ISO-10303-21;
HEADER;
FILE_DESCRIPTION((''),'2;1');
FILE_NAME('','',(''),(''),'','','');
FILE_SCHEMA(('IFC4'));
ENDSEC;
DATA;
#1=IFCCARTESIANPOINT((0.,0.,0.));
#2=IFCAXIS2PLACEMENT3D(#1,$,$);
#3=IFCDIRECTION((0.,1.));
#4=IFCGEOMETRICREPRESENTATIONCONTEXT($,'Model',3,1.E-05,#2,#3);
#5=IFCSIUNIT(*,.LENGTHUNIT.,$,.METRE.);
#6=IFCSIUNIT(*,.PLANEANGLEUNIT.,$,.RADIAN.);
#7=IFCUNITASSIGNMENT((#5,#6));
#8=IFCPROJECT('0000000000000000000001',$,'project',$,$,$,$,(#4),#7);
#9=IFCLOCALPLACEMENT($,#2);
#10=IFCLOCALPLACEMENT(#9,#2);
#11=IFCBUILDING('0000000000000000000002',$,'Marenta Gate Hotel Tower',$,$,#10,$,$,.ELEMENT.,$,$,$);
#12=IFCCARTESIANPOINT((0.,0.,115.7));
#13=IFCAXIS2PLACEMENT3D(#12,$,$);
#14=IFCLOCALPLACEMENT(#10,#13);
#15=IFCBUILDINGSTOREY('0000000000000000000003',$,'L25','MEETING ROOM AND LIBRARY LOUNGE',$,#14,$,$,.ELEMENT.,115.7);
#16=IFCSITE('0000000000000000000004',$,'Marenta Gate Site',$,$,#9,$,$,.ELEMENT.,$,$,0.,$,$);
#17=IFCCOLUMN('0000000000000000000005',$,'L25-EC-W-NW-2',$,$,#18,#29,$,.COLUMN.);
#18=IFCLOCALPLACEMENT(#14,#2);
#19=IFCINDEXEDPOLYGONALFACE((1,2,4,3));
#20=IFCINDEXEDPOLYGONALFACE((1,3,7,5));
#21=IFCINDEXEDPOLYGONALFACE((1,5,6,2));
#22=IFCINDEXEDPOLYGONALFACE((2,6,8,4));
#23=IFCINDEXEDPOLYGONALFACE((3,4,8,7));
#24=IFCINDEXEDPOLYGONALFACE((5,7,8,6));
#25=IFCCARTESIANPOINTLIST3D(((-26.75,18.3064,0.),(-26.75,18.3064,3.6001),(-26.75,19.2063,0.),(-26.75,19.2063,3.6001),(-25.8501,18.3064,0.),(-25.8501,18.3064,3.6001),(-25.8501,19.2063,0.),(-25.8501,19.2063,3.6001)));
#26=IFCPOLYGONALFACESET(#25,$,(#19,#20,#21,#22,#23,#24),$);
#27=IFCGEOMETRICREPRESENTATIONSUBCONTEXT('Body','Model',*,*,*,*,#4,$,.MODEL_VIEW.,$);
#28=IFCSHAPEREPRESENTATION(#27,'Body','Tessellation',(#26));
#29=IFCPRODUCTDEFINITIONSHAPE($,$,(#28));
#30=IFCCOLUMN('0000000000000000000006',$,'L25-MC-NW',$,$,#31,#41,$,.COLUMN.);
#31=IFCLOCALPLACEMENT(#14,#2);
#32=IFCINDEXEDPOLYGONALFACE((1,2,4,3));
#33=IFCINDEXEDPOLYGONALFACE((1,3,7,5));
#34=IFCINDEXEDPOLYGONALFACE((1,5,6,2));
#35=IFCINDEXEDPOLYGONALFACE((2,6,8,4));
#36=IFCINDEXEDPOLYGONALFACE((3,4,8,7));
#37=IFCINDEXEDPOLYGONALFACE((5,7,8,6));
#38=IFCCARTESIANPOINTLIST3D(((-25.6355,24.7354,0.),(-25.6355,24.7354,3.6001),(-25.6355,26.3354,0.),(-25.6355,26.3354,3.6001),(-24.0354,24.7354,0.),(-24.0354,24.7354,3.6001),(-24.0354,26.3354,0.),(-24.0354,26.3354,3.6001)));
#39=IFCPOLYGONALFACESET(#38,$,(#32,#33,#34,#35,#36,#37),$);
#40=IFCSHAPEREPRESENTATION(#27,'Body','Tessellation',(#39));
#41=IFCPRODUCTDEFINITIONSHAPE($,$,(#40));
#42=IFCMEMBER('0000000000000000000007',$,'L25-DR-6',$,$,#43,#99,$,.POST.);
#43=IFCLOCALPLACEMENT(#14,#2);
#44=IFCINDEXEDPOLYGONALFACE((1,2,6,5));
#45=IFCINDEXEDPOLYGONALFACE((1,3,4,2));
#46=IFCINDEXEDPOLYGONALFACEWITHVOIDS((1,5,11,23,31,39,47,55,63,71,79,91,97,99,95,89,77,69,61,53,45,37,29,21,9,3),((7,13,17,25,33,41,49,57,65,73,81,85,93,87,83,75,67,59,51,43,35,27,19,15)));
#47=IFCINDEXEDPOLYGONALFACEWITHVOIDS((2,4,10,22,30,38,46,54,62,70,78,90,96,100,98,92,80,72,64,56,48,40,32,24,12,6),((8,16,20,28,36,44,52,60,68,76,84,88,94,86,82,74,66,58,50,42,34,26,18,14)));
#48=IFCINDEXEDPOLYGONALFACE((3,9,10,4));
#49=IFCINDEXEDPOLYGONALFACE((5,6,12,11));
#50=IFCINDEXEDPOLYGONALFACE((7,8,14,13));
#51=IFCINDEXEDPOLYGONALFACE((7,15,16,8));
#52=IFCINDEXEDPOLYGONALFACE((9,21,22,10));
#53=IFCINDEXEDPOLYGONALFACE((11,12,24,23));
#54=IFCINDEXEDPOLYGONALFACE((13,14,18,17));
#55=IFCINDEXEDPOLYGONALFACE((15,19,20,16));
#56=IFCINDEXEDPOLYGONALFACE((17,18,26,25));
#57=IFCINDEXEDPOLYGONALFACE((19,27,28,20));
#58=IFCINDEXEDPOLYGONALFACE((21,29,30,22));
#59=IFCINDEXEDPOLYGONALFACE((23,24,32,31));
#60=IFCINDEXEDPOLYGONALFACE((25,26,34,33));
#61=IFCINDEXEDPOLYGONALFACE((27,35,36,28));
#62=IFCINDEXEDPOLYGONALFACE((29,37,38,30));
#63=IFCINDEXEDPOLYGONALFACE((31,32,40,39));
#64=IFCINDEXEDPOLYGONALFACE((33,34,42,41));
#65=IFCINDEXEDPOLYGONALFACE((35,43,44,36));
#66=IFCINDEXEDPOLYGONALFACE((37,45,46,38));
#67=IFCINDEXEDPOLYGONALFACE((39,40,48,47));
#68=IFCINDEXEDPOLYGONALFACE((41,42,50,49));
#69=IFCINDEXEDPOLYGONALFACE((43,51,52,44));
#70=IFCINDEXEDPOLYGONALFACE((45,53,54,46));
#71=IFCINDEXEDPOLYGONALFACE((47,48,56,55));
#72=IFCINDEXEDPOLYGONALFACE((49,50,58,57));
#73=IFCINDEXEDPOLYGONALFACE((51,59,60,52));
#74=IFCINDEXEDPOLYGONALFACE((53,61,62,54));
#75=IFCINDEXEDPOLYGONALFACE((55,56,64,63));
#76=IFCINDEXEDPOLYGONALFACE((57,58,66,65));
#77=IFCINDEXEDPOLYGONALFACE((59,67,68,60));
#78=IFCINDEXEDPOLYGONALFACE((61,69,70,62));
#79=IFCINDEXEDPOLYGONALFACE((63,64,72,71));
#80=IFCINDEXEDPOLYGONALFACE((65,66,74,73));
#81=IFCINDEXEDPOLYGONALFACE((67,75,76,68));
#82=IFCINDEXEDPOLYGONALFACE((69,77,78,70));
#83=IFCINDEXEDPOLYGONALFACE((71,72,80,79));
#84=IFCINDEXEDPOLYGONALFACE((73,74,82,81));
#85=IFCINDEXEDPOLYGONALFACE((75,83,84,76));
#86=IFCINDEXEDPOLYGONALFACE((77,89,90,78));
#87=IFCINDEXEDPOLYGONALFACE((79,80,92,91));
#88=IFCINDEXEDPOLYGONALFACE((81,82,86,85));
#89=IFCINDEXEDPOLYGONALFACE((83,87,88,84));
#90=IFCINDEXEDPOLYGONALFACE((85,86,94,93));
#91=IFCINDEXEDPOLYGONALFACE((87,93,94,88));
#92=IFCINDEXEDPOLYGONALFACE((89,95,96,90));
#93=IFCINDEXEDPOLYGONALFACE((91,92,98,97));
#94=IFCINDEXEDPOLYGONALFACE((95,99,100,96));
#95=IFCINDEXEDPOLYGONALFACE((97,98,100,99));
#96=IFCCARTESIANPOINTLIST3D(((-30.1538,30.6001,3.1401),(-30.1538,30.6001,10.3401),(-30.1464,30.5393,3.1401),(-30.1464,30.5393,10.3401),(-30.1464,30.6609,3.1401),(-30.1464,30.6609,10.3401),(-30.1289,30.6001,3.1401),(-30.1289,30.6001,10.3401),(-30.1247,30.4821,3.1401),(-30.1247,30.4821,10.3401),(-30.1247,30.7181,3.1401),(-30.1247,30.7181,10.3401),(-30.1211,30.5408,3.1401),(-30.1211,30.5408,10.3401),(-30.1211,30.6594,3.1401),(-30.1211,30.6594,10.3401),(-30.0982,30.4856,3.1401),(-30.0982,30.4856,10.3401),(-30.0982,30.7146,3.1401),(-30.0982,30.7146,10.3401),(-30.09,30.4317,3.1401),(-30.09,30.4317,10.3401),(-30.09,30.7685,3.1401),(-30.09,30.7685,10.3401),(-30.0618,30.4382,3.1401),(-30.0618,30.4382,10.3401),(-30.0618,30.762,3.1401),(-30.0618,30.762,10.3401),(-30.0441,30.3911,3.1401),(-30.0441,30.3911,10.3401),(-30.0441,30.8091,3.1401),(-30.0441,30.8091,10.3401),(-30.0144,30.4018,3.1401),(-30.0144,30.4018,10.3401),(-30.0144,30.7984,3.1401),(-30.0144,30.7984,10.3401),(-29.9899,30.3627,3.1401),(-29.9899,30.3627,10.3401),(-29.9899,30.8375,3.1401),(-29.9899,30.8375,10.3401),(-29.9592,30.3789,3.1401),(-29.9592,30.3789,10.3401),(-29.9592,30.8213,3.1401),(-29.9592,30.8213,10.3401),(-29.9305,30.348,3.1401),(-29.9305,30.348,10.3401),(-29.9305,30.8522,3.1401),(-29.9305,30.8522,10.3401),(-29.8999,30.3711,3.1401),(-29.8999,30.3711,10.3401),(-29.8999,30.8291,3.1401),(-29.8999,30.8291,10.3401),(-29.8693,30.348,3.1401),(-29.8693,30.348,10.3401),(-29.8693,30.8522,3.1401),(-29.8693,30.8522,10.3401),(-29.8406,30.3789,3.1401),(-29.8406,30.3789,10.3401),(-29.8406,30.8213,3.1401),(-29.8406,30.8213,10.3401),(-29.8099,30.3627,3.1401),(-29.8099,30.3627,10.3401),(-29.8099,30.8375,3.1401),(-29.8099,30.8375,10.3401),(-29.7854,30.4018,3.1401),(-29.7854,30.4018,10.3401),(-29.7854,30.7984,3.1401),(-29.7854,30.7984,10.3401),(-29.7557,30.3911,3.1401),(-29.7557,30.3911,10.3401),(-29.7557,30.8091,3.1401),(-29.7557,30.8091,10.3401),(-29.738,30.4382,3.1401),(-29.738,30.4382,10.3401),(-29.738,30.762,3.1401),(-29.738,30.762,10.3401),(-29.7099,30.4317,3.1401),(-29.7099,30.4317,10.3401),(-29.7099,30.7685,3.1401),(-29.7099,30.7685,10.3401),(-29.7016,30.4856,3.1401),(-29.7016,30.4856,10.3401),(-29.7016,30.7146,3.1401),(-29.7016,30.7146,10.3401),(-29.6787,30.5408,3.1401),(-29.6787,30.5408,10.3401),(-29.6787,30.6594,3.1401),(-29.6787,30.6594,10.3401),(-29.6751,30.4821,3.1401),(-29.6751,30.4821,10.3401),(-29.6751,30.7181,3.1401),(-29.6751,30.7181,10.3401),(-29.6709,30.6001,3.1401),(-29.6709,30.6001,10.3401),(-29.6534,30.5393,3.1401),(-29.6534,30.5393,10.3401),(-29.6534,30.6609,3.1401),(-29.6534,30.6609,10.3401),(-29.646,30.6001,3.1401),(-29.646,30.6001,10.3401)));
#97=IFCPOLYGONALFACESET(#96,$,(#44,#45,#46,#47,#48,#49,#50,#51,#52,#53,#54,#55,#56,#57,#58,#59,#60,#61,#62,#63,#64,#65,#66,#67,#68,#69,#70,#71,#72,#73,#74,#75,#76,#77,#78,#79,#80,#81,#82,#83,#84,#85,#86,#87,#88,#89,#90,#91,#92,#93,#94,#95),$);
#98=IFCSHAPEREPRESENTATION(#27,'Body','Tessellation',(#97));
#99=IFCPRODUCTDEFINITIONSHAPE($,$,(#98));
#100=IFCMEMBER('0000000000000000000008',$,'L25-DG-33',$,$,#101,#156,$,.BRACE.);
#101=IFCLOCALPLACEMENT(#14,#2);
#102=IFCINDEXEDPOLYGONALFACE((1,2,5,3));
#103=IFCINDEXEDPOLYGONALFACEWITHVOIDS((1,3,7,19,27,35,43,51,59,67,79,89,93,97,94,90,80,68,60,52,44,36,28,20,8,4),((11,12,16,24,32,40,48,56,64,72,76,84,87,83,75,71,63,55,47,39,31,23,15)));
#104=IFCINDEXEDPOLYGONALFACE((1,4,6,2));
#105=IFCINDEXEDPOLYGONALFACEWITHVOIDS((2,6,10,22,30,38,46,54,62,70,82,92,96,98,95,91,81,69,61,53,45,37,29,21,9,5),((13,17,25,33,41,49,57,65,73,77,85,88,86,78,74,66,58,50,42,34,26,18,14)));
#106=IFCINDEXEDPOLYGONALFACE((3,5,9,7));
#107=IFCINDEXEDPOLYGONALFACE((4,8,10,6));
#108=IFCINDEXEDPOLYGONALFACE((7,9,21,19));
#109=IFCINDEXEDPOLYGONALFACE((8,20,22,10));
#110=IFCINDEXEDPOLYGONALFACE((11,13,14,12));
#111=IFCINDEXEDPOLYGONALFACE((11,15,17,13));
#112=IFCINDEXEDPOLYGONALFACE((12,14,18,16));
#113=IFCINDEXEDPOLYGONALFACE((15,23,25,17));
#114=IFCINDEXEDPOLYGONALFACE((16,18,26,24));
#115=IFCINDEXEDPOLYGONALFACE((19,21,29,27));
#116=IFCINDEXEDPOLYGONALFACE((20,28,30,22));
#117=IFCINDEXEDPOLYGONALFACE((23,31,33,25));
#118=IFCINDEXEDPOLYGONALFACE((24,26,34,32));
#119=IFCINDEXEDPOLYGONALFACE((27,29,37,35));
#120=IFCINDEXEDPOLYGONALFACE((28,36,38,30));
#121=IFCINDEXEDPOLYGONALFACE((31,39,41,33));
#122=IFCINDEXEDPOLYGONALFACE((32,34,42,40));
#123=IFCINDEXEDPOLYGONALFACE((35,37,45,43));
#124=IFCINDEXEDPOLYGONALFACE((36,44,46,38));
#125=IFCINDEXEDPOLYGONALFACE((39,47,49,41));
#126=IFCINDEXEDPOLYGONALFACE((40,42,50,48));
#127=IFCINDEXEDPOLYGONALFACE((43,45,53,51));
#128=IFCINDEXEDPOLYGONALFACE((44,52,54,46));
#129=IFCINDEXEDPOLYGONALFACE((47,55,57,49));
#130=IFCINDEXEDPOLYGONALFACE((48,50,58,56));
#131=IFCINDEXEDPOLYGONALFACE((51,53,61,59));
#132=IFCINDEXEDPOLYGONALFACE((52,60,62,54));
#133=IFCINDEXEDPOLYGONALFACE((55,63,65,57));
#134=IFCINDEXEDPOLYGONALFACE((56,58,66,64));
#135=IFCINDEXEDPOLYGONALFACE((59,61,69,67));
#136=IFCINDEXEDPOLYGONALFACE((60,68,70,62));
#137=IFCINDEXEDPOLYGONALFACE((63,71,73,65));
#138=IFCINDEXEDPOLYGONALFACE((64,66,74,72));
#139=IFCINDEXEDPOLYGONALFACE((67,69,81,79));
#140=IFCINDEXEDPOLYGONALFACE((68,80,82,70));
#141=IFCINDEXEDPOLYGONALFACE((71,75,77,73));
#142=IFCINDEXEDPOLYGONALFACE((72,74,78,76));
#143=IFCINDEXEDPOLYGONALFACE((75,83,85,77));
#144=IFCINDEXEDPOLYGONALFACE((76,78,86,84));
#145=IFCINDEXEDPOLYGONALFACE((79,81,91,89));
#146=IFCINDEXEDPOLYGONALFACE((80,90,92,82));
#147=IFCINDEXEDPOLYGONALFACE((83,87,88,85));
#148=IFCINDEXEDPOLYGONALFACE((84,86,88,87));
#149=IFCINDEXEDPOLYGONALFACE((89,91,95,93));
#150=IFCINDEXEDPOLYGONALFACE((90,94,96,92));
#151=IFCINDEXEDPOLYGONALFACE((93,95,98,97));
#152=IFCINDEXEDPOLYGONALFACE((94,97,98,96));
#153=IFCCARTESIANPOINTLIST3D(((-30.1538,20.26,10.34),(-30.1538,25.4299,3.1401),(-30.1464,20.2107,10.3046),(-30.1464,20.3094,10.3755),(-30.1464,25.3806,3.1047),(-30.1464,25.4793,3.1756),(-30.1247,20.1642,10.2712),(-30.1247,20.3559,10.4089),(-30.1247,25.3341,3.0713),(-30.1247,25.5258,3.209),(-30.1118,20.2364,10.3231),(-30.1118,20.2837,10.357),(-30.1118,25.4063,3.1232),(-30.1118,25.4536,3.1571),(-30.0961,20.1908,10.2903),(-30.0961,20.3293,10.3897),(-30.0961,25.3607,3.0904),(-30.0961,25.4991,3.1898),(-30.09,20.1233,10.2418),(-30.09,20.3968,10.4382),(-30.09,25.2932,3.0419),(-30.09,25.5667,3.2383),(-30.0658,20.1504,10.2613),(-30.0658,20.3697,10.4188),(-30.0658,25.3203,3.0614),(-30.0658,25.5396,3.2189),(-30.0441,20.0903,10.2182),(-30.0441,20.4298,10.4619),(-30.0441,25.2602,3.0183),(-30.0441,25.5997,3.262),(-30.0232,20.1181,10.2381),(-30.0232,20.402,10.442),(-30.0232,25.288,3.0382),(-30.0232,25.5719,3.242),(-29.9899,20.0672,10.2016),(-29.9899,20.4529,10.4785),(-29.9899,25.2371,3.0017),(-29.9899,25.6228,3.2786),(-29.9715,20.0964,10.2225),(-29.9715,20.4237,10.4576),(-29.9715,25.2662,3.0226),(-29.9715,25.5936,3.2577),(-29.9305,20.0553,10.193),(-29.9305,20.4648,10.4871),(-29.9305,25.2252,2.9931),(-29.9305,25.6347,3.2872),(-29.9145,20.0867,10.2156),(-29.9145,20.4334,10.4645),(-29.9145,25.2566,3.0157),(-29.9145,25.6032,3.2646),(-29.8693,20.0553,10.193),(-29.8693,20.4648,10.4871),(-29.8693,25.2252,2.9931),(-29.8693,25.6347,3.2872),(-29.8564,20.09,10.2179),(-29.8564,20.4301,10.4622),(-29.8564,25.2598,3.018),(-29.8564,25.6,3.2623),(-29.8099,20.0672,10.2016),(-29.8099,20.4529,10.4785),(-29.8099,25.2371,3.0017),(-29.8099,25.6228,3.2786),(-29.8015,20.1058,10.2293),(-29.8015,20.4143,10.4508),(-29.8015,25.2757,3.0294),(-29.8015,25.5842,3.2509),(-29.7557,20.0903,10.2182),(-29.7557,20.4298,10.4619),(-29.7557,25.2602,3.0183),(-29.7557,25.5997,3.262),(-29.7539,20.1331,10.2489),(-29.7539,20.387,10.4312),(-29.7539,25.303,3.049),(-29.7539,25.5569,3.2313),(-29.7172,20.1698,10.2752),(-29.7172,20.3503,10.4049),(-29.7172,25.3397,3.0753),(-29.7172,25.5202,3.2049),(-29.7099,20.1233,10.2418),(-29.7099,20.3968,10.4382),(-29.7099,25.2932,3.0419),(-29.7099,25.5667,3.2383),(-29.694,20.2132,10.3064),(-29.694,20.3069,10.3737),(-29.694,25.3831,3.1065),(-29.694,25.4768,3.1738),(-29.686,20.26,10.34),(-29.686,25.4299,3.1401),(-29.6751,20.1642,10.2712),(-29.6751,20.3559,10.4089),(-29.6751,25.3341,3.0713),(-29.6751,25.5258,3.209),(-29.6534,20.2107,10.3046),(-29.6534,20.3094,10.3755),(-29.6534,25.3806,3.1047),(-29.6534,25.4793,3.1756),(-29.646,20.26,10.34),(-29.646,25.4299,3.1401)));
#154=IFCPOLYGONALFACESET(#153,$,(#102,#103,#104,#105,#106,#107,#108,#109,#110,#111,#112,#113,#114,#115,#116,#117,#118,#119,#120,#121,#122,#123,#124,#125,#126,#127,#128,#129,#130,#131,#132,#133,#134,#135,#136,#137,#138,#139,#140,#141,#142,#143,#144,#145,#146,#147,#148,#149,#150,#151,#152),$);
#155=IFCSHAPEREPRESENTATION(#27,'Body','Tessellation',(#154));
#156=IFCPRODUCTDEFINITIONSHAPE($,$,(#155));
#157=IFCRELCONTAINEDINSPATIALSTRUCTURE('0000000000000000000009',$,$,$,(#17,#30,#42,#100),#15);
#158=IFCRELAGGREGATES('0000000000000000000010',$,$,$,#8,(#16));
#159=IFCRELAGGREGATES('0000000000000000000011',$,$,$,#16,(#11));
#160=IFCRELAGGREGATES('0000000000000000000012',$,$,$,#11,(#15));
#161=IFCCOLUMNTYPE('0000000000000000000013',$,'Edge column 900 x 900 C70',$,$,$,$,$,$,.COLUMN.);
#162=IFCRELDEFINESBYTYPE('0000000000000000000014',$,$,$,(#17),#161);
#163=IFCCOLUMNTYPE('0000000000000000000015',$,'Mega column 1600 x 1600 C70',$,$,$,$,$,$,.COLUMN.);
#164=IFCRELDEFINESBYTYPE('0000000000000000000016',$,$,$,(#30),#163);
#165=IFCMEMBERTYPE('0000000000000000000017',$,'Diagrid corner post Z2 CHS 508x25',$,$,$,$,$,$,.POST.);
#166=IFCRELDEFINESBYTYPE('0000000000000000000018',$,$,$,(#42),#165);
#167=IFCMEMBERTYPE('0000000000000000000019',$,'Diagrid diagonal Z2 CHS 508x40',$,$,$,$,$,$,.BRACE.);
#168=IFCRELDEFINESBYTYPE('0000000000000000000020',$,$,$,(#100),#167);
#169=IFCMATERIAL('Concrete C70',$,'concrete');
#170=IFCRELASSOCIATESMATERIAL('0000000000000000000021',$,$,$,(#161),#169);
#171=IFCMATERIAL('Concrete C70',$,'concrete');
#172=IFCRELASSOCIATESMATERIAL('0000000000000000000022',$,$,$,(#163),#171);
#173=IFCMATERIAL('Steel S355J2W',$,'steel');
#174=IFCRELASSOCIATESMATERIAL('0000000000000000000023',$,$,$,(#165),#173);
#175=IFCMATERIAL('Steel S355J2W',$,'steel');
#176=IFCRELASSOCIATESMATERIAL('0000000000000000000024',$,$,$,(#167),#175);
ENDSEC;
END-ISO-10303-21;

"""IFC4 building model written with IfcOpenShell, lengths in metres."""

from ifc_helpers import new_model, si_unit, direction, frame, origin, origin_2d, place, context, subcontext, project, spatial, rectangle, hollow_circle, extrude, material, material_profile, profile_set, type_object, element, save


model = new_model("IFC4")

# Units and contexts
model_context = context("Model", 3, precision=1e-05, world=origin(), true_north=direction((0.0, 1.0)))
body_context = subcontext(model_context, "Body", "Model", "MODEL_VIEW")
ifc_project = project(units=[si_unit("LENGTHUNIT", "METRE"), si_unit("PLANEANGLEUNIT", "RADIAN")], contexts=[model_context])

# Site, building, storey
site_placement = place(None, origin())
site = spatial("IfcSite", under=ifc_project, at=site_placement, Name="Marenta Gate Site", CompositionType="ELEMENT", RefElevation=0.0)
building_placement = place(site_placement, origin())
building = spatial("IfcBuilding", under=site, at=building_placement, Name="Marenta Gate Hotel Tower", CompositionType="ELEMENT")
storey_placement = place(building_placement, frame((0.0, 0.0, 115.7)))
storey = spatial("IfcBuildingStorey", under=building, at=storey_placement, Name="L25", Description="MEETING ROOM AND LIBRARY LOUNGE", CompositionType="ELEMENT", Elevation=115.7)

# Columns
ifc_material_1 = material(Name="Concrete C70", Category="concrete")
ifc_material_profile_1 = material_profile(ifc_material_1, rectangle(XDim=0.8999, YDim=0.8999, at=origin_2d()), Name="900 x 900")
ifc_profile_set_1 = profile_set([ifc_material_profile_1], Name="Concrete C70")
column_type_1 = type_object("IfcColumnType", Name="Edge column 900 x 900 C70", PredefinedType="COLUMN", material=ifc_profile_set_1)
column_1_placement = place(storey_placement, frame((-26.3, 18.7563, 0.0), z_axis=(0.0, 0.0, 1.0), x_axis=(1.0, 0.0, 0.0)))
element("IfcColumn", 1, at=column_1_placement, inside=storey, type_object=column_type_1, Name="L25-EC-W-NW-2", PredefinedType="COLUMN", context=body_context, shape_type="SweptSolid", body=[
    extrude(rectangle(XDim=0.8999, YDim=0.8999, at=origin_2d()), origin(), (0.0, 0.0, 1.0), 3.6001),
])
ifc_material_2 = material(Name="Concrete C70", Category="concrete")
ifc_material_profile_2 = material_profile(ifc_material_2, rectangle(XDim=1.6001, YDim=1.6001, at=origin_2d()), Name="1600 x 1600")
ifc_profile_set_2 = profile_set([ifc_material_profile_2], Name="Concrete C70")
column_type_2 = type_object("IfcColumnType", Name="Mega column 1600 x 1600 C70", PredefinedType="COLUMN", material=ifc_profile_set_2)
column_2_placement = place(storey_placement, frame((-24.8354, 25.5354, 0.0), z_axis=(0.0, 0.0, 1.0), x_axis=(1.0, 0.0, 0.0)))
element("IfcColumn", 2, at=column_2_placement, inside=storey, type_object=column_type_2, Name="L25-MC-NW", PredefinedType="COLUMN", context=body_context, shape_type="SweptSolid", body=[
    extrude(rectangle(XDim=1.6001, YDim=1.6001, at=origin_2d()), origin(), (0.0, 0.0, 1.0), 3.6001),
])

# Members
ifc_material_3 = material(Name="Steel S355J2W", Category="steel")
ifc_material_profile_3 = material_profile(ifc_material_3, hollow_circle(Radius=0.2539, WallThickness=0.0249, at=origin_2d()), Name="CHS 508x25")
ifc_profile_set_3 = profile_set([ifc_material_profile_3], Name="Steel S355J2W")
member_type_1 = type_object("IfcMemberType", Name="Diagrid corner post Z2 CHS 508x25", PredefinedType="POST", material=ifc_profile_set_3)
member_1_placement = place(storey_placement, frame((-29.8999, 30.6001, 3.1401), z_axis=(0.0, 0.0, 1.0), x_axis=(1.0, 0.0, 0.0)))
element("IfcMember", 3, at=member_1_placement, inside=storey, type_object=member_type_1, Name="L25-DR-6", PredefinedType="POST", context=body_context, shape_type="SweptSolid", body=[
    extrude(hollow_circle(Radius=0.2539, WallThickness=0.0249, at=origin_2d()), origin(), (0.0, 0.0, 1.0), 7.2),
])
ifc_material_4 = material(Name="Steel S355J2W", Category="steel")
ifc_material_profile_4 = material_profile(ifc_material_4, hollow_circle(Radius=0.2539, WallThickness=0.04, at=origin_2d()), Name="CHS 508x40")
ifc_profile_set_4 = profile_set([ifc_material_profile_4], Name="Steel S355J2W")
member_type_2 = type_object("IfcMemberType", Name="Diagrid diagonal Z2 CHS 508x40", PredefinedType="BRACE", material=ifc_profile_set_4)
member_2_placement = place(storey_placement, frame((-29.8999, 25.4299, 3.1401), z_axis=(0.0, -0.583261, 0.812285), x_axis=(1.0, 0.0, 0.0)))
element("IfcMember", 4, at=member_2_placement, inside=storey, type_object=member_type_2, Name="L25-DG-33", PredefinedType="BRACE", context=body_context, shape_type="SweptSolid", body=[
    extrude(hollow_circle(Radius=0.2539, WallThickness=0.04, at=origin_2d()), origin(), (0.0, 0.0, 1.0), 8.8638),
])

save(model, "model.ifc")
